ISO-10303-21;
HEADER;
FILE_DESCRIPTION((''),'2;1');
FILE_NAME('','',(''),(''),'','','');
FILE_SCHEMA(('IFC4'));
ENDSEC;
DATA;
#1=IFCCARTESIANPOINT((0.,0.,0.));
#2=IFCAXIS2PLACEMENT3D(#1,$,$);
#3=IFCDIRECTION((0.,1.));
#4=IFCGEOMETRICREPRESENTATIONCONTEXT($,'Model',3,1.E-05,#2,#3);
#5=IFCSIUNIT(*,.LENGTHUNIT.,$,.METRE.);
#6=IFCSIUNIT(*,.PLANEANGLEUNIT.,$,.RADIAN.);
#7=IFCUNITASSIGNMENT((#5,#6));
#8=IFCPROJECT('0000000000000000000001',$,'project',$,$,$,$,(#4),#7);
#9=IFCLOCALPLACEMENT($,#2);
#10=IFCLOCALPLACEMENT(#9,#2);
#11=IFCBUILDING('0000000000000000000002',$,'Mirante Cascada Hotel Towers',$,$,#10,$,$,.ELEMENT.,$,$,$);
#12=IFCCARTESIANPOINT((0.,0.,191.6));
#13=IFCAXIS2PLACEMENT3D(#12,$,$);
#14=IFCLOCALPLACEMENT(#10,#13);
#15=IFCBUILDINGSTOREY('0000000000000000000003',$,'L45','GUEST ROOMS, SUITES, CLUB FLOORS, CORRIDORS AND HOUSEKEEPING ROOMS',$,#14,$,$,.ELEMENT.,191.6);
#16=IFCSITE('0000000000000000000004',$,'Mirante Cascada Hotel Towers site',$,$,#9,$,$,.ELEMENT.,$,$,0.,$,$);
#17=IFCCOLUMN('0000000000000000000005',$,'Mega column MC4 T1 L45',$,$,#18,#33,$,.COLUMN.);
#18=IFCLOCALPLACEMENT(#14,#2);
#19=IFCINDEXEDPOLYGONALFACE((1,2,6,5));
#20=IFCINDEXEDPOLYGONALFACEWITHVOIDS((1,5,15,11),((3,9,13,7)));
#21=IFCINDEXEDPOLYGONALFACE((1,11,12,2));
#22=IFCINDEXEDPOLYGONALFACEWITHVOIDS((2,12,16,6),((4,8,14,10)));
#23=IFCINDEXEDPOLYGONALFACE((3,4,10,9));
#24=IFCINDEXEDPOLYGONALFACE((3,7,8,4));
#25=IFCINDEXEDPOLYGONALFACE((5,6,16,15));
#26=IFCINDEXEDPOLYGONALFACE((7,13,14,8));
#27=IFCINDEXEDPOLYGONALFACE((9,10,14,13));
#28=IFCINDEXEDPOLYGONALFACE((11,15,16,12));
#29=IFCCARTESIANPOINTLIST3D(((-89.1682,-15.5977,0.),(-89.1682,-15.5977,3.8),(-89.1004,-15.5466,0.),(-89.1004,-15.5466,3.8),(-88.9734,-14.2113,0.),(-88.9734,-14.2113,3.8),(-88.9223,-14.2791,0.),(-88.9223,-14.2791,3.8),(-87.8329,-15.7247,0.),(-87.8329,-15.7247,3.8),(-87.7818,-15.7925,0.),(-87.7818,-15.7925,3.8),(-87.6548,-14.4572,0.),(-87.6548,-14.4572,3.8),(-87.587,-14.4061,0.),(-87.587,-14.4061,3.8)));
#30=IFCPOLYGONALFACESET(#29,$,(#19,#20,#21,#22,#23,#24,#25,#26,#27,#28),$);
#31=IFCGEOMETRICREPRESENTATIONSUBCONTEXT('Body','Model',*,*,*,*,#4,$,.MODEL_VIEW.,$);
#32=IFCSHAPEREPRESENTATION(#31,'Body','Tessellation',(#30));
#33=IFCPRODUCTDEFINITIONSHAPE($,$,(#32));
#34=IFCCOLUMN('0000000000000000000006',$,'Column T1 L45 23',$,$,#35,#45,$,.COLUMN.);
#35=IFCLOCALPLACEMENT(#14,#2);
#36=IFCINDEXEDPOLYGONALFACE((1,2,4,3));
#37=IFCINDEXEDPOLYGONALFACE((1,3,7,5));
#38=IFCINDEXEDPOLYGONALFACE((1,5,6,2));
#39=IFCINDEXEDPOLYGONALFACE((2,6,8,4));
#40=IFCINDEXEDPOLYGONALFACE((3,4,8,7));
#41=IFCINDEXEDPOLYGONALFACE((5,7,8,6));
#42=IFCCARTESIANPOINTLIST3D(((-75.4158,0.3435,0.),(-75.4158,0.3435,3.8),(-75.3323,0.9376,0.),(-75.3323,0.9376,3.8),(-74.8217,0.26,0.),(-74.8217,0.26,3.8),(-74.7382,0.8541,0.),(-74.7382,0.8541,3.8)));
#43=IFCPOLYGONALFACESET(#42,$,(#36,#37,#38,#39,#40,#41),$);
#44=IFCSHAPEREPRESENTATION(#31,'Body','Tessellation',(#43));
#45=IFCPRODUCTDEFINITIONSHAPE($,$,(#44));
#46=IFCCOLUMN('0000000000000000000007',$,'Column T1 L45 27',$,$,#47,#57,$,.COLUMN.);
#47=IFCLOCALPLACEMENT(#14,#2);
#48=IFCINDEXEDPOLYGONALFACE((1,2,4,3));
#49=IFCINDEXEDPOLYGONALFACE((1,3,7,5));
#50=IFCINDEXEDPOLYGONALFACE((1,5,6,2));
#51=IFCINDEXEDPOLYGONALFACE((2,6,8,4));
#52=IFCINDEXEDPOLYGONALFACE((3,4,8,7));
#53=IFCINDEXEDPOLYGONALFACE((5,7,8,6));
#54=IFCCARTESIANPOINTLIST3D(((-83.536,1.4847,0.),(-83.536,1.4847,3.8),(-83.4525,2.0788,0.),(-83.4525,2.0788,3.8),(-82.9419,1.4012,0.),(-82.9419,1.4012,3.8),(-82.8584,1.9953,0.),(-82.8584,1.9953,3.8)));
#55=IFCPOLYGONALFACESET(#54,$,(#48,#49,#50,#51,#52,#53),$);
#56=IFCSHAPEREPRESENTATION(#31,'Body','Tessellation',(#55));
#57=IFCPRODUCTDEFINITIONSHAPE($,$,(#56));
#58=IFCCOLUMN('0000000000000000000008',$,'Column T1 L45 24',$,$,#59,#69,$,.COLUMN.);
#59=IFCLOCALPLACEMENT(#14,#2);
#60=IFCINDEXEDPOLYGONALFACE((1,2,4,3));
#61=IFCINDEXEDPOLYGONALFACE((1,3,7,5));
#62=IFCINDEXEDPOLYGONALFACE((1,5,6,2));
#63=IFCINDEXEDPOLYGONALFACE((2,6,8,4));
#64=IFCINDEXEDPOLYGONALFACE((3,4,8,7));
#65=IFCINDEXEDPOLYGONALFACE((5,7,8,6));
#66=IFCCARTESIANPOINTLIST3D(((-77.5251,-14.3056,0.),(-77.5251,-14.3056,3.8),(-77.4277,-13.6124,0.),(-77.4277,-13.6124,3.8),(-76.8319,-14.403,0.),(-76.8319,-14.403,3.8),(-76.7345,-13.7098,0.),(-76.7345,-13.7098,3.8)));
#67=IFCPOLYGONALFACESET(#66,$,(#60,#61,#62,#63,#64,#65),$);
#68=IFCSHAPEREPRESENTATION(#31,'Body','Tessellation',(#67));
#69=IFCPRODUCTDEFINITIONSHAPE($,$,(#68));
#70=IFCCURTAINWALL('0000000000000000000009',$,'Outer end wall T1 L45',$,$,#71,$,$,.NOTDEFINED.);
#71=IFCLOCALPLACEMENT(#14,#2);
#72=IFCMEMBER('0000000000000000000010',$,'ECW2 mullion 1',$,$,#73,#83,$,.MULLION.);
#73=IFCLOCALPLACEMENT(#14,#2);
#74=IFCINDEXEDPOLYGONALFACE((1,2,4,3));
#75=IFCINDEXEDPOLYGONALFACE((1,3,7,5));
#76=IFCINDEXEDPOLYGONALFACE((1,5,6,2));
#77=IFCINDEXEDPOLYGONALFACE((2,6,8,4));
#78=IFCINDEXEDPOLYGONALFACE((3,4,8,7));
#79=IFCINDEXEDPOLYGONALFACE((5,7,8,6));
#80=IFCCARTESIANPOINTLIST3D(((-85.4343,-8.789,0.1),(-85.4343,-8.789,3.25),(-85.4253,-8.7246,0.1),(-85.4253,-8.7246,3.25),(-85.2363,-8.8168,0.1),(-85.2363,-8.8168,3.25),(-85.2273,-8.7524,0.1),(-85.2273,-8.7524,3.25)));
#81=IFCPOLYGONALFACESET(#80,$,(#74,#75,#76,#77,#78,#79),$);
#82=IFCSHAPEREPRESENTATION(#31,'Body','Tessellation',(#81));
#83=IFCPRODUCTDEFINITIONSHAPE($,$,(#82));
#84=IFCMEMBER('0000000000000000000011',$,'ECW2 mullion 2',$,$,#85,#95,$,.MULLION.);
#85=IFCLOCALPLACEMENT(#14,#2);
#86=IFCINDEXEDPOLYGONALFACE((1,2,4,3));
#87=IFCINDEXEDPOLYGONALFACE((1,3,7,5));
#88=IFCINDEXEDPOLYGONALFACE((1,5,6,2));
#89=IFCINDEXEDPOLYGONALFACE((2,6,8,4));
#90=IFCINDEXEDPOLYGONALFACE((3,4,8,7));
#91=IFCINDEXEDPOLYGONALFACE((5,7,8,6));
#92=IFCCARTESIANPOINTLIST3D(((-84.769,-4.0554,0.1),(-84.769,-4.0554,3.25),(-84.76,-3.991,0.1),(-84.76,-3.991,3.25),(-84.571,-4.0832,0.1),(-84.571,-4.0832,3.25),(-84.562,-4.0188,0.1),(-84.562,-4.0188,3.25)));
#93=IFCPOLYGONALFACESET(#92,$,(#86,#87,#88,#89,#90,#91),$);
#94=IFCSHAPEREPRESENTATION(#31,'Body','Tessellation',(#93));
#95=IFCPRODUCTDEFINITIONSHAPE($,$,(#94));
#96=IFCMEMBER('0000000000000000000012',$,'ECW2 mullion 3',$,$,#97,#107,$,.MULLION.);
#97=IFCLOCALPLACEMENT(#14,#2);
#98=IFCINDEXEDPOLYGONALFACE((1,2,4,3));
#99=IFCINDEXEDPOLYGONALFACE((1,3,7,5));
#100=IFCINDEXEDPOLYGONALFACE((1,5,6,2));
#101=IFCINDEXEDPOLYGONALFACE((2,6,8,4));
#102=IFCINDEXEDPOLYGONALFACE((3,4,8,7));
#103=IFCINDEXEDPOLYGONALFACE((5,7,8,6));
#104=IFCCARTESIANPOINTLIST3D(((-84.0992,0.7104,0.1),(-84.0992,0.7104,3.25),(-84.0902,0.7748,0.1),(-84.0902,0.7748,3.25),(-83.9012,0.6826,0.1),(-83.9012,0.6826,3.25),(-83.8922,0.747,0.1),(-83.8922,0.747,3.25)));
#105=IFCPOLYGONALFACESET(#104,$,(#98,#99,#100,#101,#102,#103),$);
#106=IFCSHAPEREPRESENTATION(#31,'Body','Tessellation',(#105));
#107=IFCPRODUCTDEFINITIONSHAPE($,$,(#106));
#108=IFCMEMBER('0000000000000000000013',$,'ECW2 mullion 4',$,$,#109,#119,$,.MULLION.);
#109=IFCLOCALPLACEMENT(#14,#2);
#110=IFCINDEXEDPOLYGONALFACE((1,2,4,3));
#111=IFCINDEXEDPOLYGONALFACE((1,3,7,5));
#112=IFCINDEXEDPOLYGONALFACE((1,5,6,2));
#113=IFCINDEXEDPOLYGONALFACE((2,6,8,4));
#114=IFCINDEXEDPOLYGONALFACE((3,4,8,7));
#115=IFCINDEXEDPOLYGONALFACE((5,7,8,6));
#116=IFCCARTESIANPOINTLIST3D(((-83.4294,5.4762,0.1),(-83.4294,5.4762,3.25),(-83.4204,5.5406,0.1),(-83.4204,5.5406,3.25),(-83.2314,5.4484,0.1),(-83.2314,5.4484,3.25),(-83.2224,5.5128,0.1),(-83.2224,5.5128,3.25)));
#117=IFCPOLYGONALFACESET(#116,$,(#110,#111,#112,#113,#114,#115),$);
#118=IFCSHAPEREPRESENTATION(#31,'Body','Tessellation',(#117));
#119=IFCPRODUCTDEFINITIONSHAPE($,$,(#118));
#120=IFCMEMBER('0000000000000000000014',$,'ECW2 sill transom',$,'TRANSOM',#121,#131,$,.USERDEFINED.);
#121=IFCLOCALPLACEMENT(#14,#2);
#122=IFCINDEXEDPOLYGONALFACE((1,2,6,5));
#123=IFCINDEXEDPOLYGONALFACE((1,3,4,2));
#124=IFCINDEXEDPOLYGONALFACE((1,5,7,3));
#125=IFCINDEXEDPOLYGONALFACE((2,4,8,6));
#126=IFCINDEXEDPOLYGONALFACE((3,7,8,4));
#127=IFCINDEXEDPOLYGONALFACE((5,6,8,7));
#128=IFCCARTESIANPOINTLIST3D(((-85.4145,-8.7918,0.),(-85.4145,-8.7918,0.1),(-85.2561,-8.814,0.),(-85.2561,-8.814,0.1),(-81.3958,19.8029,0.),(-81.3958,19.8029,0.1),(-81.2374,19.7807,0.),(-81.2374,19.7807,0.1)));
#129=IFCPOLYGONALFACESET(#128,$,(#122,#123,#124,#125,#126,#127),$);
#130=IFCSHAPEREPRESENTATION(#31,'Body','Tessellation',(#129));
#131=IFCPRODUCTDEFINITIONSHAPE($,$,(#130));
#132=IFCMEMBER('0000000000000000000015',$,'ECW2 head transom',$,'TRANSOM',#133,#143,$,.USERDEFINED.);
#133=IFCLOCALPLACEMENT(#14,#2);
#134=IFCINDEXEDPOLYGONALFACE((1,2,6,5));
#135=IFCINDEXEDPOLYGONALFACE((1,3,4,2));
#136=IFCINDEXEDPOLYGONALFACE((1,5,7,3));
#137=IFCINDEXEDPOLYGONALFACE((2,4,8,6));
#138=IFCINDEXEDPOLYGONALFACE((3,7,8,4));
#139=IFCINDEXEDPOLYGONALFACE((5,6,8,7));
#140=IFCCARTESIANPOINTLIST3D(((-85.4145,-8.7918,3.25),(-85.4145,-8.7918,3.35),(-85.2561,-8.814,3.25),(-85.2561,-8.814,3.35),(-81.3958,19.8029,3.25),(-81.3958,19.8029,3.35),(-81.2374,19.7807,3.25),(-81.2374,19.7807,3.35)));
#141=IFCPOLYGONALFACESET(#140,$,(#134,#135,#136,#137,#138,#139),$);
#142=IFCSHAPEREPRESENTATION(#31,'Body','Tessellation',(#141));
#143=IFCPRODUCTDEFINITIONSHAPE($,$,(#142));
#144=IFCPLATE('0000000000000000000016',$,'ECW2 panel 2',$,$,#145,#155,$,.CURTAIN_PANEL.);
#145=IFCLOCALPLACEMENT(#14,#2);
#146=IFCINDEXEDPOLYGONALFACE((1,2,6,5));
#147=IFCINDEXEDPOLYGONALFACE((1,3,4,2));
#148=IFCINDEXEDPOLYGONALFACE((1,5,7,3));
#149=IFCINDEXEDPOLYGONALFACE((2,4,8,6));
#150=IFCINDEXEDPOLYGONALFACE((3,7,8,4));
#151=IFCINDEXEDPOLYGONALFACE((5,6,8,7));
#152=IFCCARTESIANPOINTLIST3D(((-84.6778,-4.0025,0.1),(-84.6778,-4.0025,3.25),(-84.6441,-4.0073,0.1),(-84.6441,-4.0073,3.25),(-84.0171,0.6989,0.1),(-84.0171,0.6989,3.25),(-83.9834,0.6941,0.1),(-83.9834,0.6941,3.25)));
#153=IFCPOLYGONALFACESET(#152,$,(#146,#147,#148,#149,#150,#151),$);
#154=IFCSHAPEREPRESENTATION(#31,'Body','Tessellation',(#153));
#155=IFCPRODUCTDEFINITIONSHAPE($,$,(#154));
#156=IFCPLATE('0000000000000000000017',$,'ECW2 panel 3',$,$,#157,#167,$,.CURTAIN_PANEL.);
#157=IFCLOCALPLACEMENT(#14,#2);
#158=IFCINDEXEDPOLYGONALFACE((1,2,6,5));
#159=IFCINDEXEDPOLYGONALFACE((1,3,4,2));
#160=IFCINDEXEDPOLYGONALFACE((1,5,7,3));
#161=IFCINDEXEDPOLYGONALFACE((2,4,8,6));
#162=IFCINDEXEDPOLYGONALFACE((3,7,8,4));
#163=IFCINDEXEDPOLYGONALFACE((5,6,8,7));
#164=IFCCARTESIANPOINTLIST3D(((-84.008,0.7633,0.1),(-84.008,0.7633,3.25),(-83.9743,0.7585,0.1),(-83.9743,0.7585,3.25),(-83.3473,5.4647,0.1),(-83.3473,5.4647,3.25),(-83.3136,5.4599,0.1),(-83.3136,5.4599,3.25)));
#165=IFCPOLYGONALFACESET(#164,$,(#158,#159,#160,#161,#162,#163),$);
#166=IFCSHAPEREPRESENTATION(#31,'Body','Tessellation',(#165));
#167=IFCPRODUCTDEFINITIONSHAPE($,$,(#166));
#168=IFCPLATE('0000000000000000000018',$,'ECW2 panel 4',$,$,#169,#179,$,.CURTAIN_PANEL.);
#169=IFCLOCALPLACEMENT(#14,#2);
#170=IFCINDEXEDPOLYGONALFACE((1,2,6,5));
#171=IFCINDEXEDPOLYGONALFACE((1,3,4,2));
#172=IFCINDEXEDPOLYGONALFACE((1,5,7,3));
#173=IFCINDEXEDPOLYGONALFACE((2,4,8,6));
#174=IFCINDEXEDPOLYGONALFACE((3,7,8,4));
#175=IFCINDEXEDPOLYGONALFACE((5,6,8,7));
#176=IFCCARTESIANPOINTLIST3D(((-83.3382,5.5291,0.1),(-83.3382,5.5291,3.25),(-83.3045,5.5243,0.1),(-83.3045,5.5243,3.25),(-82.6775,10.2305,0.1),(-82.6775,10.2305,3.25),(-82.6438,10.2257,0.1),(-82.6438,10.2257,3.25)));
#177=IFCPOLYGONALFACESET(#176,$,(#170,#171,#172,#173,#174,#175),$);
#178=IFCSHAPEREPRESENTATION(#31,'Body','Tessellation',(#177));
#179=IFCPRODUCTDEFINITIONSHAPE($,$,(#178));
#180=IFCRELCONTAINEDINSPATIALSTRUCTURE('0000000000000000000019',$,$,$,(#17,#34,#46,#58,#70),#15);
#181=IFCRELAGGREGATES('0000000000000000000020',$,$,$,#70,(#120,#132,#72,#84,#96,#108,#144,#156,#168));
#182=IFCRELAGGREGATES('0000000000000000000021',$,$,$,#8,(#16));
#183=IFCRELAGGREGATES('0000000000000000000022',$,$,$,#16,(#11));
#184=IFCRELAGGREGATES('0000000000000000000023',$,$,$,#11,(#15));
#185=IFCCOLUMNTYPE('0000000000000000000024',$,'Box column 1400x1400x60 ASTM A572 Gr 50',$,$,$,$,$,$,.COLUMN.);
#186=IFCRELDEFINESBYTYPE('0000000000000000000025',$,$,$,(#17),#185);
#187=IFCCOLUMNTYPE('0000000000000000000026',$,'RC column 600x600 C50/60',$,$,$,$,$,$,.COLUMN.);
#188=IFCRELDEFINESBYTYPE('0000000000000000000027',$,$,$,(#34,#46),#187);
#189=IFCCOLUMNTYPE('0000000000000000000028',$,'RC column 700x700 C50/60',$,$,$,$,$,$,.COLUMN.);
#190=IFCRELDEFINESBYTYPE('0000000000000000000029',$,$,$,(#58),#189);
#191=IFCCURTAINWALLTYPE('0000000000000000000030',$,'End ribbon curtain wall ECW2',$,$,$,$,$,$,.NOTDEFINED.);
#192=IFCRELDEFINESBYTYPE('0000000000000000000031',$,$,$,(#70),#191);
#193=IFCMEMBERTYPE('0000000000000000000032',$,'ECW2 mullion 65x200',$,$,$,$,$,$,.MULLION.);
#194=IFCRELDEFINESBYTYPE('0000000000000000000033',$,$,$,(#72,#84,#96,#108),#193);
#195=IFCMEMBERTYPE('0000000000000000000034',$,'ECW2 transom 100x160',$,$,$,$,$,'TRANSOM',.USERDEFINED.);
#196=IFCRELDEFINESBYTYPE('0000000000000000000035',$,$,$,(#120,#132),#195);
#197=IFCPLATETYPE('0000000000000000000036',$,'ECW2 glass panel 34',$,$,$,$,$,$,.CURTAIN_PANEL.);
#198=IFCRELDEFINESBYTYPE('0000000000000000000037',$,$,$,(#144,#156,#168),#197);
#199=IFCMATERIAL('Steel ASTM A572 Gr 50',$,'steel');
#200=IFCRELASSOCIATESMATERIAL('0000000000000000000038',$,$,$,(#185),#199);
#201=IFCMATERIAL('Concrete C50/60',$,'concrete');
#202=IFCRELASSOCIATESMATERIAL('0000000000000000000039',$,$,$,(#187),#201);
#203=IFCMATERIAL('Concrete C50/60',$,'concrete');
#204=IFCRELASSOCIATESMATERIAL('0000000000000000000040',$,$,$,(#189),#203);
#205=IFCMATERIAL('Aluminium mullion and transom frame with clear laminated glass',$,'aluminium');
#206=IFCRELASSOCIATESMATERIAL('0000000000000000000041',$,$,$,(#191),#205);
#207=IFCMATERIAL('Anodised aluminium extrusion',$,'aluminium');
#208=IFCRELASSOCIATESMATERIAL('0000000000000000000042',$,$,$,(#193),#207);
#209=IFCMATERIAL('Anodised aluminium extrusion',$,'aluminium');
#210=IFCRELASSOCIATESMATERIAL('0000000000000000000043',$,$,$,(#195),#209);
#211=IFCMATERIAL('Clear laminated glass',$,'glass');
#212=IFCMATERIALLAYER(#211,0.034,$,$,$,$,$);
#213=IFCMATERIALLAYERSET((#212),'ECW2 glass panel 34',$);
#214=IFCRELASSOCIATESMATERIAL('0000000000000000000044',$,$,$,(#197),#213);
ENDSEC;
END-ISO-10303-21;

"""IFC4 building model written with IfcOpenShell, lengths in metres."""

from ifc_helpers import new_model, si_unit, direction, frame, origin, origin_2d, place, context, subcontext, project, spatial, rectangle, hollow_rectangle, extrude, material, layer, layer_set, material_profile, profile_set, type_object, element, aggregate, save


model = new_model("IFC4")

# Units and contexts
model_context = context("Model", 3, precision=1e-05, world=origin(), true_north=direction((0.0, 1.0)))
body_context = subcontext(model_context, "Body", "Model", "MODEL_VIEW")
ifc_project = project(units=[si_unit("LENGTHUNIT", "METRE"), si_unit("PLANEANGLEUNIT", "RADIAN")], contexts=[model_context])

# Site, building, storey
site_placement = place(None, origin())
site = spatial("IfcSite", under=ifc_project, at=site_placement, Name="Mirante Cascada Hotel Towers site", CompositionType="ELEMENT", RefElevation=0.0)
building_placement = place(site_placement, origin())
building = spatial("IfcBuilding", under=site, at=building_placement, Name="Mirante Cascada Hotel Towers", CompositionType="ELEMENT")
storey_placement = place(building_placement, frame((0.0, 0.0, 191.6)))
storey = spatial("IfcBuildingStorey", under=building, at=storey_placement, Name="L45", Description="GUEST ROOMS, SUITES, CLUB FLOORS, CORRIDORS AND HOUSEKEEPING ROOMS", CompositionType="ELEMENT", Elevation=191.6)

# Columns
ifc_material_1 = material(Name="Steel ASTM A572 Gr 50", Category="steel")
ifc_material_profile_1 = material_profile(ifc_material_1, hollow_rectangle(XDim=1.4, YDim=1.4, WallThickness=0.06, at=origin_2d()), Name="Box column 1400x1400x60 ASTM A572 Gr 50")
ifc_profile_set_1 = profile_set([ifc_material_profile_1], Name="Steel ASTM A572 Gr 50")
column_type_1 = type_object("IfcColumnType", Name="Box column 1400x1400x60 ASTM A572 Gr 50", PredefinedType="COLUMN", material=ifc_profile_set_1)
column_1_placement = place(storey_placement, frame((-88.3776, -15.0019, 0.0), z_axis=(0.0, 0.0, 1.0), x_axis=(-0.990268, 0.139173, 0.0)))
element("IfcColumn", 1, at=column_1_placement, inside=storey, type_object=column_type_1, Name="Mega column MC4 T1 L45", PredefinedType="COLUMN", context=body_context, shape_type="SweptSolid", body=[
    extrude(hollow_rectangle(XDim=1.4, YDim=1.4, WallThickness=0.06, at=origin_2d()), origin(), (0.0, 0.0, 1.0), 3.8),
])
ifc_material_2 = material(Name="Concrete C50/60", Category="concrete")
ifc_material_profile_2 = material_profile(ifc_material_2, rectangle(XDim=0.6, YDim=0.6, at=origin_2d()), Name="RC column 600x600 C50/60")
ifc_profile_set_2 = profile_set([ifc_material_profile_2], Name="Concrete C50/60")
column_type_2 = type_object("IfcColumnType", Name="RC column 600x600 C50/60", PredefinedType="COLUMN", material=ifc_profile_set_2)
for number, where, z_axis, x_axis, name in (
    (2, (-75.077, 0.5988, 0.0), (0.0, 0.0, 1.0), (-0.990268, 0.139173, 0.0), "Column T1 L45 23"),
    (3, (-83.1972, 1.74, 0.0), (0.0, 0.0, 1.0), (-0.990268, 0.139173, 0.0), "Column T1 L45 27"),
):
    element("IfcColumn", number, at=place(storey_placement, frame(where, z_axis=z_axis, x_axis=x_axis)), inside=storey, type_object=column_type_2, Name=name, PredefinedType="COLUMN", context=body_context, shape_type="SweptSolid", body=[
        extrude(rectangle(XDim=0.6, YDim=0.6, at=origin_2d()), origin(), (0.0, 0.0, 1.0), 3.8),
    ])
ifc_material_3 = material(Name="Concrete C50/60", Category="concrete")
ifc_material_profile_3 = material_profile(ifc_material_3, rectangle(XDim=0.7, YDim=0.7, at=origin_2d()), Name="RC column 700x700 C50/60")
ifc_profile_set_3 = profile_set([ifc_material_profile_3], Name="Concrete C50/60")
column_type_3 = type_object("IfcColumnType", Name="RC column 700x700 C50/60", PredefinedType="COLUMN", material=ifc_profile_set_3)
column_2_placement = place(storey_placement, frame((-77.1298, -14.0077, 0.0), z_axis=(0.0, 0.0, 1.0), x_axis=(-0.990268, 0.139173, 0.0)))
element("IfcColumn", 4, at=column_2_placement, inside=storey, type_object=column_type_3, Name="Column T1 L45 24", PredefinedType="COLUMN", context=body_context, shape_type="SweptSolid", body=[
    extrude(rectangle(XDim=0.7, YDim=0.7, at=origin_2d()), origin(), (0.0, 0.0, 1.0), 3.8),
])

# Curtain wall, members, plates
ifc_material_4 = material(Name="Aluminium mullion and transom frame with clear laminated glass", Category="aluminium")
curtain_wall_type = type_object("IfcCurtainWallType", Name="End ribbon curtain wall ECW2", PredefinedType="NOTDEFINED", material=ifc_material_4)
curtain_wall_placement = place(storey_placement, origin())
curtain_wall = element("IfcCurtainWall", 5, at=curtain_wall_placement, inside=storey, type_object=curtain_wall_type, Name="Outer end wall T1 L45", PredefinedType="NOTDEFINED")
ifc_material_5 = material(Name="Anodised aluminium extrusion", Category="aluminium")
ifc_material_profile_4 = material_profile(ifc_material_5, rectangle(XDim=0.2, YDim=0.065, at=origin_2d()), Name="ECW2 MULLION 65x200")
ifc_profile_set_4 = profile_set([ifc_material_profile_4], Name="Anodised aluminium extrusion")
member_type_1 = type_object("IfcMemberType", Name="ECW2 mullion 65x200", PredefinedType="MULLION", material=ifc_profile_set_4)
member_1_placement = place(storey_placement, frame((-85.3308, -8.7707, 0.1), z_axis=(0.0, 0.0, 1.0), x_axis=(-0.990268, 0.139173, 0.0)))
member_1 = element("IfcMember", 6, at=member_1_placement, type_object=member_type_1, Name="ECW2 mullion 1", PredefinedType="MULLION", context=body_context, shape_type="SweptSolid", body=[
    extrude(rectangle(XDim=0.2, YDim=0.065, at=origin_2d()), origin(), (0.0, 0.0, 1.0), 3.15),
])
member_2_placement = place(storey_placement, frame((-84.6655, -4.0371, 0.1), z_axis=(0.0, 0.0, 1.0), x_axis=(-0.990268, 0.139173, 0.0)))
member_2 = element("IfcMember", 7, at=member_2_placement, type_object=member_type_1, Name="ECW2 mullion 2", PredefinedType="MULLION", context=body_context, shape_type="SweptSolid", body=[
    extrude(rectangle(XDim=0.2, YDim=0.065, at=origin_2d()), origin(), (0.0, 0.0, 1.0), 3.15),
])
member_3_placement = place(storey_placement, frame((-83.9957, 0.7287, 0.1), z_axis=(0.0, 0.0, 1.0), x_axis=(-0.990268, 0.139173, 0.0)))
member_3 = element("IfcMember", 8, at=member_3_placement, type_object=member_type_1, Name="ECW2 mullion 3", PredefinedType="MULLION", context=body_context, shape_type="SweptSolid", body=[
    extrude(rectangle(XDim=0.2, YDim=0.065, at=origin_2d()), origin(), (0.0, 0.0, 1.0), 3.15),
])
member_4_placement = place(storey_placement, frame((-83.3259, 5.4945, 0.1), z_axis=(0.0, 0.0, 1.0), x_axis=(-0.990268, 0.139173, 0.0)))
member_4 = element("IfcMember", 9, at=member_4_placement, type_object=member_type_1, Name="ECW2 mullion 4", PredefinedType="MULLION", context=body_context, shape_type="SweptSolid", body=[
    extrude(rectangle(XDim=0.2, YDim=0.065, at=origin_2d()), origin(), (0.0, 0.0, 1.0), 3.15),
])
ifc_material_6 = material(Name="Anodised aluminium extrusion", Category="aluminium")
ifc_material_profile_5 = material_profile(ifc_material_6, rectangle(XDim=0.16, YDim=0.1, at=origin_2d()), Name="ECW2 TRANSOM 100x160")
ifc_profile_set_5 = profile_set([ifc_material_profile_5], Name="Anodised aluminium extrusion")
member_type_2 = type_object("IfcMemberType", Name="ECW2 transom 100x160", ElementType="TRANSOM", PredefinedType="USERDEFINED", material=ifc_profile_set_5)
member_5_placement = place(storey_placement, frame((-85.3353, -8.8029, 0.05), z_axis=(0.139172, 0.990268, 0.0), x_axis=(-0.990268, 0.139172, 0.0)))
member_5 = element("IfcMember", 10, at=member_5_placement, type_object=member_type_2, Name="ECW2 sill transom", ObjectType="TRANSOM", PredefinedType="USERDEFINED", context=body_context, shape_type="SweptSolid", body=[
    extrude(rectangle(XDim=0.16, YDim=0.1, at=origin_2d()), origin(), (0.0, 0.0, 1.0), 28.8757),
])
member_6_placement = place(storey_placement, frame((-85.3353, -8.8029, 3.3), z_axis=(0.139172, 0.990268, 0.0), x_axis=(-0.990268, 0.139172, 0.0)))
member_6 = element("IfcMember", 11, at=member_6_placement, type_object=member_type_2, Name="ECW2 head transom", ObjectType="TRANSOM", PredefinedType="USERDEFINED", context=body_context, shape_type="SweptSolid", body=[
    extrude(rectangle(XDim=0.16, YDim=0.1, at=origin_2d()), origin(), (0.0, 0.0, 1.0), 28.8757),
])
ifc_material_7 = material(Name="Clear laminated glass", Category="glass")
ifc_layer_1 = layer(ifc_material_7, 0.034)
ifc_layer_set_1 = layer_set([ifc_layer_1], Name="ECW2 glass panel 34")
plate_type_1 = type_object("IfcPlateType", Name="ECW2 glass panel 34", PredefinedType="CURTAIN_PANEL", material=ifc_layer_set_1)
plate_1_placement = place(storey_placement, frame((-84.3306, -1.6542, 0.1), z_axis=(0.0, 0.0, 1.0), x_axis=(0.139173, 0.990268, 0.0)))
plate_1 = element("IfcPlate", 12, at=plate_1_placement, type_object=plate_type_1, Name="ECW2 panel 2", PredefinedType="CURTAIN_PANEL", context=body_context, shape_type="SweptSolid", body=[
    extrude(rectangle(XDim=4.7476, YDim=0.034, at=origin_2d()), origin(), (0.0, 0.0, 1.0), 3.15),
])
plate_2_placement = place(storey_placement, frame((-83.6608, 3.1116, 0.1), z_axis=(0.0, 0.0, 1.0), x_axis=(0.139173, 0.990268, 0.0)))
plate_2 = element("IfcPlate", 13, at=plate_2_placement, type_object=plate_type_1, Name="ECW2 panel 3", PredefinedType="CURTAIN_PANEL", context=body_context, shape_type="SweptSolid", body=[
    extrude(rectangle(XDim=4.7476, YDim=0.034, at=origin_2d()), origin(), (0.0, 0.0, 1.0), 3.15),
])
plate_3_placement = place(storey_placement, frame((-82.991, 7.8774, 0.1), z_axis=(0.0, 0.0, 1.0), x_axis=(0.139173, 0.990268, 0.0)))
plate_3 = element("IfcPlate", 14, at=plate_3_placement, type_object=plate_type_1, Name="ECW2 panel 4", PredefinedType="CURTAIN_PANEL", context=body_context, shape_type="SweptSolid", body=[
    extrude(rectangle(XDim=4.7476, YDim=0.034, at=origin_2d()), origin(), (0.0, 0.0, 1.0), 3.15),
])
aggregate(curtain_wall, [member_5, member_6, member_1, member_2, member_3, member_4, plate_1, plate_2, plate_3])

save(model, "model.ifc")
